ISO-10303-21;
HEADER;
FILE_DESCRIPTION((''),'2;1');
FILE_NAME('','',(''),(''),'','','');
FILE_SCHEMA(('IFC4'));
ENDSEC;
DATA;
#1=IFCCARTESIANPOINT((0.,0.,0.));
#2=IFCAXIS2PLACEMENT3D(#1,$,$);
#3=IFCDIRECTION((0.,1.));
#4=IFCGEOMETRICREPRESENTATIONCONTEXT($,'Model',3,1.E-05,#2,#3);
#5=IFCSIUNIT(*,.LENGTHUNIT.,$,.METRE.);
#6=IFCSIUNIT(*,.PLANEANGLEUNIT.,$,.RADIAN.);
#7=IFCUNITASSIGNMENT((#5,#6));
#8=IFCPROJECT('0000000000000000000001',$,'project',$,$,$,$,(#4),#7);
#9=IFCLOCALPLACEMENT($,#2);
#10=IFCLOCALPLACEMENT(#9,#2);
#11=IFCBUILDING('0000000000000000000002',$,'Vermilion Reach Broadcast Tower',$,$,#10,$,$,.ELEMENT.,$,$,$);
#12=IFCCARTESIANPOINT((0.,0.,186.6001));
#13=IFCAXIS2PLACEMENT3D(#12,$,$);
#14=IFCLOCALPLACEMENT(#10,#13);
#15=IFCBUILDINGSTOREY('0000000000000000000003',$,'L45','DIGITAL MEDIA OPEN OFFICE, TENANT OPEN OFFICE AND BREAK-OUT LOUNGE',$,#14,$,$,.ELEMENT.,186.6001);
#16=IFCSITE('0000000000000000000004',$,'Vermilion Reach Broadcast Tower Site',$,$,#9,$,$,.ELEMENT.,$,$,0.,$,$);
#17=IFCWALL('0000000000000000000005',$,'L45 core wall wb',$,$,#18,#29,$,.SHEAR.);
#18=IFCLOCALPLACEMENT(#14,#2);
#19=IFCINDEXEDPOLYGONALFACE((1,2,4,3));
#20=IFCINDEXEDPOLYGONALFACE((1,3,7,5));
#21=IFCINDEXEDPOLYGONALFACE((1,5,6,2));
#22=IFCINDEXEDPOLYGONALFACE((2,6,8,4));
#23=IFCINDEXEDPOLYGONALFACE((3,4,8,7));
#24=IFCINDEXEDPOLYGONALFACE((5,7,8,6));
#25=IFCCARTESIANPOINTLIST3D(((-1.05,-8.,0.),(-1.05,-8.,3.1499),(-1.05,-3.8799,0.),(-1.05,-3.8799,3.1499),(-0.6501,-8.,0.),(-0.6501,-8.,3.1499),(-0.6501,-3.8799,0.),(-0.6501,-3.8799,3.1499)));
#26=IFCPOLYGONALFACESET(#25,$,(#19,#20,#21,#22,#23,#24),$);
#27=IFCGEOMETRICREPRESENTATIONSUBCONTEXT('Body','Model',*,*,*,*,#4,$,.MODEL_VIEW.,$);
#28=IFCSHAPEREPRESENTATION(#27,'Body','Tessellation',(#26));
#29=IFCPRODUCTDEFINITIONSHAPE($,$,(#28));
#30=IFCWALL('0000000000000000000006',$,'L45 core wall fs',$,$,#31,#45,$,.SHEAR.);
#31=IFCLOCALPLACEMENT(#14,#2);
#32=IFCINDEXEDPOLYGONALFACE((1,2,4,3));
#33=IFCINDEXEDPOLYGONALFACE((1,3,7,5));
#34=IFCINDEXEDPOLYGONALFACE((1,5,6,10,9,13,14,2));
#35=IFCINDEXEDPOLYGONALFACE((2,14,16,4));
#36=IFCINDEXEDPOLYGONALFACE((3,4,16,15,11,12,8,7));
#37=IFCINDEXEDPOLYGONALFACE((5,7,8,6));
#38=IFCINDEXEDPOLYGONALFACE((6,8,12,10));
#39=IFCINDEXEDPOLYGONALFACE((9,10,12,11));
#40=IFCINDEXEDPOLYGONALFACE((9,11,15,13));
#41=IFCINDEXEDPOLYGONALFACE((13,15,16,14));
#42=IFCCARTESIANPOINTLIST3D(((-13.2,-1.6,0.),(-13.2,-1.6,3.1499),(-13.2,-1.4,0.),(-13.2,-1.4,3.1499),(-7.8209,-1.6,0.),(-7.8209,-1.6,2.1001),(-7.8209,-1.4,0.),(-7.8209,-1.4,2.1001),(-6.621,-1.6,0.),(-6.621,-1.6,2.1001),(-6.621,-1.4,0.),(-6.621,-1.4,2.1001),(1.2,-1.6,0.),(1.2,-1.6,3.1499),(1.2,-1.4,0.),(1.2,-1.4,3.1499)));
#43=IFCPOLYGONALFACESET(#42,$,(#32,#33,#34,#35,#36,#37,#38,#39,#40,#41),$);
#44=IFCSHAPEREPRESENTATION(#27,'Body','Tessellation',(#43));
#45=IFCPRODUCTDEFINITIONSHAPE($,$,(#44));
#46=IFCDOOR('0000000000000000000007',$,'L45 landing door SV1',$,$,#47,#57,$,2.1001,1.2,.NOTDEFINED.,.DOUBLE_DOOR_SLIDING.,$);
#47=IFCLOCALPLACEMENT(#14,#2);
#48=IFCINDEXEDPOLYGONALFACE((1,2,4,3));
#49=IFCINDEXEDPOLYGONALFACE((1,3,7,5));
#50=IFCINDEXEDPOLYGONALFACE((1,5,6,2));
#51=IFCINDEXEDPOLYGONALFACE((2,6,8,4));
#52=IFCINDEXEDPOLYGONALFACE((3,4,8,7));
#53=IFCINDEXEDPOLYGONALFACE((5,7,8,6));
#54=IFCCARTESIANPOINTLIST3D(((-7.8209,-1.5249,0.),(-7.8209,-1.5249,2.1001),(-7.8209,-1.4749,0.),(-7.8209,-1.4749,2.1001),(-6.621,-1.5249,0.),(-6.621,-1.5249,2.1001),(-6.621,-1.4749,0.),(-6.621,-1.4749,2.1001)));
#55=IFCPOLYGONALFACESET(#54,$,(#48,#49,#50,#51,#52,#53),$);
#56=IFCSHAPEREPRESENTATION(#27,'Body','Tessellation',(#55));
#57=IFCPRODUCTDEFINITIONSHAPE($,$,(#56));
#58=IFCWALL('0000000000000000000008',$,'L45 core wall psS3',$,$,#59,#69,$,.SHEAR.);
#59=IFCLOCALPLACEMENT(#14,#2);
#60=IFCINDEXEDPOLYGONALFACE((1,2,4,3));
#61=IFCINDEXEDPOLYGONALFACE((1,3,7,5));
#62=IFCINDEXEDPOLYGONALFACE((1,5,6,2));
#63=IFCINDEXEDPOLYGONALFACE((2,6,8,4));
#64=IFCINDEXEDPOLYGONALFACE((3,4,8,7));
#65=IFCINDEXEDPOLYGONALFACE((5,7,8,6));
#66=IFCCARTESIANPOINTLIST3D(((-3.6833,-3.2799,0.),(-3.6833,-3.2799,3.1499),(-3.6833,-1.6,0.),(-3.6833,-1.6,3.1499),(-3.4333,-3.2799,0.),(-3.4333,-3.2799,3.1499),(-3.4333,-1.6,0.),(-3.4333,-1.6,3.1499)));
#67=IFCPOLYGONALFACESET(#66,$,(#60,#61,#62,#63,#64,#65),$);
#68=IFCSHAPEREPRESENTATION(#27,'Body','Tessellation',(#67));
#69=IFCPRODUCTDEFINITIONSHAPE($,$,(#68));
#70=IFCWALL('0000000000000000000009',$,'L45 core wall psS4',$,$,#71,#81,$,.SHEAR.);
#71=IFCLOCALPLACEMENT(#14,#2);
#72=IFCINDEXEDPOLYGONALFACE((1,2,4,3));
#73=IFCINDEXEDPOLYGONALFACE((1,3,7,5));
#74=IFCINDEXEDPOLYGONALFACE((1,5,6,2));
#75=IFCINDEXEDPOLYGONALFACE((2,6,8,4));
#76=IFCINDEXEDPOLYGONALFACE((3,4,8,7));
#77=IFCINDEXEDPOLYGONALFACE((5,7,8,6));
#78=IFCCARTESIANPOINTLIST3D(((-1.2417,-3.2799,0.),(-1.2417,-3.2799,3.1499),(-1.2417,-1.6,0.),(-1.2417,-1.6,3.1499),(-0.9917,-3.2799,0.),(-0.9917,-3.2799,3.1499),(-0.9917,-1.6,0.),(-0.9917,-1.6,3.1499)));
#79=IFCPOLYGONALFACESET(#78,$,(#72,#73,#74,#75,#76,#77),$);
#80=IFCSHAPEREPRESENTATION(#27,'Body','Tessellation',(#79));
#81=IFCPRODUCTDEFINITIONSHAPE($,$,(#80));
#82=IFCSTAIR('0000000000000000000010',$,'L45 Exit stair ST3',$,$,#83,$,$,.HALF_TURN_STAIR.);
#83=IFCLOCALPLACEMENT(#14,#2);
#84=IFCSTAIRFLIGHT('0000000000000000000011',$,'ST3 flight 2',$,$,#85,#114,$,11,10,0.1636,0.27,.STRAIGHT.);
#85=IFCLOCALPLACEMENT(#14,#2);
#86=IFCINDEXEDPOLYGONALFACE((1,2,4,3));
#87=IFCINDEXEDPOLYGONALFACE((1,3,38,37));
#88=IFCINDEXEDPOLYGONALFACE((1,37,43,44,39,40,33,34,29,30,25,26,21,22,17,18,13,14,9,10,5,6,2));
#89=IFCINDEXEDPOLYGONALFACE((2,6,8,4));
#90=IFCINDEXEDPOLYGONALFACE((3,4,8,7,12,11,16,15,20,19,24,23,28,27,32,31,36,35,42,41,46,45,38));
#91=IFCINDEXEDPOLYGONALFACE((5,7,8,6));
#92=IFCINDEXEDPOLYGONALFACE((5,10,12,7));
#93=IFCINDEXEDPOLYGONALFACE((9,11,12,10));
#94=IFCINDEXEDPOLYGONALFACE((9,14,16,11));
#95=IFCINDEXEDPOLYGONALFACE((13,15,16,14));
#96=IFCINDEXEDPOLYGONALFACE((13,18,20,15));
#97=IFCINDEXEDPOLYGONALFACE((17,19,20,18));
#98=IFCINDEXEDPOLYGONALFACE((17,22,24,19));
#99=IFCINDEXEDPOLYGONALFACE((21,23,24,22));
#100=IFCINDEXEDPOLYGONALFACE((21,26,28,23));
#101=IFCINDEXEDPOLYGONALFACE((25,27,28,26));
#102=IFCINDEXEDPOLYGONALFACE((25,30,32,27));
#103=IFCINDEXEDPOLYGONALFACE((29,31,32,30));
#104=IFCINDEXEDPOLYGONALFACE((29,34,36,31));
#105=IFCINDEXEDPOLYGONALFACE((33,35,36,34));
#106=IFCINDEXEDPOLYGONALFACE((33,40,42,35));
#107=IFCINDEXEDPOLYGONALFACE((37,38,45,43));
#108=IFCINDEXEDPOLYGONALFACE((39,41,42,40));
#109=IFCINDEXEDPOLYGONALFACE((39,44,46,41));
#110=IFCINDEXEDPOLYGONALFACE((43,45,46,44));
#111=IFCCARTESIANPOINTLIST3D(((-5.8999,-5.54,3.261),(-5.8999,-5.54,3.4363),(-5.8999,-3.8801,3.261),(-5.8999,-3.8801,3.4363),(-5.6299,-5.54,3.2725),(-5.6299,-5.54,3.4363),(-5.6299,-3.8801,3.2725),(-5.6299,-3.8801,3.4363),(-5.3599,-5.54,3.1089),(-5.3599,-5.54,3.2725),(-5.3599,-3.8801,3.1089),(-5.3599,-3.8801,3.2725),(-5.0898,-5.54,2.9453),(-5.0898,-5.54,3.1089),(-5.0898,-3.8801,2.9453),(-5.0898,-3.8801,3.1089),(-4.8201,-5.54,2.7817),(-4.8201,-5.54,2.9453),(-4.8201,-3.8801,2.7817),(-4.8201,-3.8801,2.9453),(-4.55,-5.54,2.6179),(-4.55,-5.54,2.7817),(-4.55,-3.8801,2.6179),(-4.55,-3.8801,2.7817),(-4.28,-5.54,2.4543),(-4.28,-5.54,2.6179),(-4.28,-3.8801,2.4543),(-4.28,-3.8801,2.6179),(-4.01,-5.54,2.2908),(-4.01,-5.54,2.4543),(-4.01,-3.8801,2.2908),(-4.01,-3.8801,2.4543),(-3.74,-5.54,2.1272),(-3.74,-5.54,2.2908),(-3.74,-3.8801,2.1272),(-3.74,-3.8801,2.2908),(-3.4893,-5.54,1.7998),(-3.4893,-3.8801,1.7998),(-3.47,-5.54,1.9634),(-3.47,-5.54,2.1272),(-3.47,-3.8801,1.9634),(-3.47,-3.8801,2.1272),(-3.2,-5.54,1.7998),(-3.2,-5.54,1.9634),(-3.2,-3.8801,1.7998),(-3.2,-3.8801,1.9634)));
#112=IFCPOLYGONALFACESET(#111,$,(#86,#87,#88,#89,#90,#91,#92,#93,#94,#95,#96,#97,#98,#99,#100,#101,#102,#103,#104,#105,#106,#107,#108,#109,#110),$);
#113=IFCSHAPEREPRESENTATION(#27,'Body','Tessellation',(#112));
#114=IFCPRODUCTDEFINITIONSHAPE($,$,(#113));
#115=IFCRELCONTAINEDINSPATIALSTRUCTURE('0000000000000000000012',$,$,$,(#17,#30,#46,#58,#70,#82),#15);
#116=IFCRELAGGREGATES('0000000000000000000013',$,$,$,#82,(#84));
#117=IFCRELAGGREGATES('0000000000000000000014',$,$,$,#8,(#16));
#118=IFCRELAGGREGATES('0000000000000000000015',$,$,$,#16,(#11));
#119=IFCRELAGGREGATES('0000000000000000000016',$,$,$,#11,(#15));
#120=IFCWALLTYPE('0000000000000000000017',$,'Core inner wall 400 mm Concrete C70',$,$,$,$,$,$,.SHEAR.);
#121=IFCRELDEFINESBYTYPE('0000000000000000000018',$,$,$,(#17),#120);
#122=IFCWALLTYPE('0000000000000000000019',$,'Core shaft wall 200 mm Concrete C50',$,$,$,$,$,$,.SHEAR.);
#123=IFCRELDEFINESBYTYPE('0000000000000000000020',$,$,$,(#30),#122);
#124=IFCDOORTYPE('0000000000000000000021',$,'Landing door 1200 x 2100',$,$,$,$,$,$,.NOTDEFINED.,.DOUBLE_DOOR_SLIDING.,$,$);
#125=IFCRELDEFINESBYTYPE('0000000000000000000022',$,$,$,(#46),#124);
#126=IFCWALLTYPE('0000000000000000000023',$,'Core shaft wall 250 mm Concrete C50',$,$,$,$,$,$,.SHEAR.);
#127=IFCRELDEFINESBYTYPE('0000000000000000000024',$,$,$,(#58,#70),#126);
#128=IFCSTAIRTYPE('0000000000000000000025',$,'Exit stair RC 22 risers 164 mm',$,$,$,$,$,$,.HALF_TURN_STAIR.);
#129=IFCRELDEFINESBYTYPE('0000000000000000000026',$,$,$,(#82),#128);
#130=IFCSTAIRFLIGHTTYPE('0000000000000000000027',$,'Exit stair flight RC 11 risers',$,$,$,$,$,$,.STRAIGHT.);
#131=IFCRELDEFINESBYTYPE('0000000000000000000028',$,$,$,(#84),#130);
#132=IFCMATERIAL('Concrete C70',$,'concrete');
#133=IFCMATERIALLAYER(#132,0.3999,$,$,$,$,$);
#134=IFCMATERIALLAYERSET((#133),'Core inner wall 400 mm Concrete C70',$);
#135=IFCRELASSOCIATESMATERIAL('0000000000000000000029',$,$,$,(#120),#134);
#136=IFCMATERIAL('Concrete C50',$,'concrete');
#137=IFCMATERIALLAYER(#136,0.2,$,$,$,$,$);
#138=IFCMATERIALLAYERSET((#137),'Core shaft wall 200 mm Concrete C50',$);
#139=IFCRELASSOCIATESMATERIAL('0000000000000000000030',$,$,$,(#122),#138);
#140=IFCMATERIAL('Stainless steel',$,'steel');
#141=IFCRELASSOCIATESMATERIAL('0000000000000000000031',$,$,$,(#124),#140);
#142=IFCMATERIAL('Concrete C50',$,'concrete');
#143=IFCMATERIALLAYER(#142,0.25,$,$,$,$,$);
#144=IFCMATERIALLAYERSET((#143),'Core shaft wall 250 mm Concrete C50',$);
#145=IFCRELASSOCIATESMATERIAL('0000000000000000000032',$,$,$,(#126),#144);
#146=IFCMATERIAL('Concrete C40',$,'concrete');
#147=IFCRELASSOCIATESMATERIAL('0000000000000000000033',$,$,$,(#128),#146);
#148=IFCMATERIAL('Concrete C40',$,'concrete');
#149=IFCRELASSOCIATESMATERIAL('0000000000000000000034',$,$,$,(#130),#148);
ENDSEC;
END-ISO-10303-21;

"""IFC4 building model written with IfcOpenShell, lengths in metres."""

from ifc_helpers import new_model, si_unit, direction, frame, frame_2d, origin, place, context, subcontext, project, spatial, polyline, rectangle, outline, extrude, material, layer, layer_set, type_object, element, fill, aggregate, save


model = new_model("IFC4")

# Units and contexts
model_context = context("Model", 3, precision=1e-05, world=origin(), true_north=direction((0.0, 1.0)))
body_context = subcontext(model_context, "Body", "Model", "MODEL_VIEW")
ifc_project = project(units=[si_unit("LENGTHUNIT", "METRE"), si_unit("PLANEANGLEUNIT", "RADIAN")], contexts=[model_context])

# Site, building, storey
site_placement = place(None, origin())
site = spatial("IfcSite", under=ifc_project, at=site_placement, Name="Vermilion Reach Broadcast Tower Site", CompositionType="ELEMENT", RefElevation=0.0)
building_placement = place(site_placement, origin())
building = spatial("IfcBuilding", under=site, at=building_placement, Name="Vermilion Reach Broadcast Tower", CompositionType="ELEMENT")
storey_placement = place(building_placement, frame((0.0, 0.0, 186.6001)))
storey = spatial("IfcBuildingStorey", under=building, at=storey_placement, Name="L45", Description="DIGITAL MEDIA OPEN OFFICE, TENANT OPEN OFFICE AND BREAK-OUT LOUNGE", CompositionType="ELEMENT", Elevation=186.6001)

# Wall
ifc_material_1 = material(Name="Concrete C70", Category="concrete")
ifc_layer_1 = layer(ifc_material_1, 0.3999)
ifc_layer_set_1 = layer_set([ifc_layer_1], Name="Core inner wall 400 mm Concrete C70")
wall_type_1 = type_object("IfcWallType", Name="Core inner wall 400 mm Concrete C70", PredefinedType="SHEAR", material=ifc_layer_set_1)
wall_1_placement = place(storey_placement, frame((-0.8501, -3.8799, 0.0), z_axis=(0.0, 0.0, 1.0), x_axis=(0.0, -1.0, 0.0)))
element("IfcWall", 1, at=wall_1_placement, inside=storey, type_object=wall_type_1, Name="L45 core wall wb", PredefinedType="SHEAR", context=body_context, shape_type="SweptSolid", body=[
    extrude(rectangle(XDim=4.1201, YDim=0.3999, at=frame_2d((2.0601, 0.0))), origin(), (0.0, 0.0, 1.0), 3.1499),
])

# Wall, opening, door
ifc_material_2 = material(Name="Concrete C50", Category="concrete")
ifc_layer_2 = layer(ifc_material_2, 0.2)
ifc_layer_set_2 = layer_set([ifc_layer_2], Name="Core shaft wall 200 mm Concrete C50")
wall_type_2 = type_object("IfcWallType", Name="Core shaft wall 200 mm Concrete C50", PredefinedType="SHEAR", material=ifc_layer_set_2)
wall_2_placement = place(storey_placement, frame((1.2, -1.5, 0.0), z_axis=(0.0, 0.0, 1.0), x_axis=(-1.0, 0.0, 0.0)))
wall_2 = element("IfcWall", 2, at=wall_2_placement, inside=storey, type_object=wall_type_2, Name="L45 core wall fs", PredefinedType="SHEAR", context=body_context, shape_type="SweptSolid", body=[
    extrude(rectangle(XDim=14.3999, YDim=0.2, at=frame_2d((7.2, 0.0))), origin(), (0.0, 0.0, 1.0), 3.1499),
])
opening_placement = place(wall_2_placement, frame((7.8208, 0.0, 0.0)))
opening = element("IfcOpeningElement", 3, at=opening_placement, cuts=wall_2, PredefinedType="OPENING", context=body_context, shape_type="SweptSolid", body=[
    extrude(rectangle(XDim=1.2, YDim=2.1001, at=frame_2d((0.6001, 1.05))), frame((0.0, 0.1099, 0.0), z_axis=(0.0, -1.0, 0.0), x_axis=(1.0, 0.0, 0.0)), (0.0, 0.0, 1.0), 0.22),
])
ifc_material_3 = material(Name="Stainless steel", Category="steel")
door_type = type_object("IfcDoorType", Name="Landing door 1200 x 2100", OperationType="DOUBLE_DOOR_SLIDING", PredefinedType="NOTDEFINED", material=ifc_material_3)
door_placement = place(opening_placement, origin())
door = element("IfcDoor", 4, at=door_placement, inside=storey, type_object=door_type, Name="L45 landing door SV1", OperationType="DOUBLE_DOOR_SLIDING", OverallHeight=2.1001, OverallWidth=1.2, PredefinedType="NOTDEFINED", context=body_context, shape_type="SweptSolid", body=[
    extrude(rectangle(XDim=1.2, YDim=2.1001, at=frame_2d((0.6001, 1.05))), frame((0.0, 0.0249, 0.0), z_axis=(0.0, -1.0, 0.0), x_axis=(1.0, 0.0, 0.0)), (0.0, 0.0, 1.0), 0.05),
])
fill(opening, door)

# Walls
ifc_material_4 = material(Name="Concrete C50", Category="concrete")
ifc_layer_3 = layer(ifc_material_4, 0.25)
ifc_layer_set_3 = layer_set([ifc_layer_3], Name="Core shaft wall 250 mm Concrete C50")
wall_type_3 = type_object("IfcWallType", Name="Core shaft wall 250 mm Concrete C50", PredefinedType="SHEAR", material=ifc_layer_set_3)
for number, where, z_axis, x_axis, name in (
    (5, (-3.5583, -1.6001, 0.0), (0.0, 0.0, 1.0), (0.0, -1.0, 0.0), "L45 core wall psS3"),
    (6, (-1.1167, -1.6001, 0.0), (0.0, 0.0, 1.0), (0.0, -1.0, 0.0), "L45 core wall psS4"),
):
    element("IfcWall", number, at=place(storey_placement, frame(where, z_axis=z_axis, x_axis=x_axis)), inside=storey, type_object=wall_type_3, Name=name, PredefinedType="SHEAR", context=body_context, shape_type="SweptSolid", body=[
        extrude(rectangle(XDim=1.6799, YDim=0.25, at=frame_2d((0.8398, 0.0))), origin(), (0.0, 0.0, 1.0), 3.1499),
    ])

# Stair, stair flight
ifc_material_5 = material(Name="Concrete C40", Category="concrete")
stair_type = type_object("IfcStairType", Name="Exit stair RC 22 risers 164 mm", PredefinedType="HALF_TURN_STAIR", material=ifc_material_5)
placement_1 = place(storey_placement, origin())
stair = element("IfcStair", 7, at=placement_1, inside=storey, type_object=stair_type, Name="L45 Exit stair ST3", PredefinedType="HALF_TURN_STAIR")
ifc_material_6 = material(Name="Concrete C40", Category="concrete")
stair_flight_type = type_object("IfcStairFlightType", Name="Exit stair flight RC 11 risers", PredefinedType="STRAIGHT", material=ifc_material_6)
stair_flight_placement = place(storey_placement, frame((-3.2, -4.71, 1.7998), z_axis=(0.0, 0.0, 1.0), x_axis=(-1.0, 0.0, 0.0)))
stair_flight = element("IfcStairFlight", 8, at=stair_flight_placement, type_object=stair_flight_type, Name="ST3 flight 2", NumberOfRisers=11, NumberOfTreads=10, PredefinedType="STRAIGHT", RiserHeight=0.1636, TreadLength=0.27, context=body_context, shape_type="SweptSolid", body=[
    extrude(outline(polyline([(0.0, 0.0), (0.0, 0.1636), (0.27, 0.1636), (0.27, 0.3274), (0.54, 0.3274), (0.54, 0.491), (0.8101, 0.491), (0.8101, 0.6545), (1.0801, 0.6545), (1.0801, 0.8181), (1.3501, 0.8181), (1.3501, 0.9819), (1.6201, 0.9819), (1.6201, 1.1455), (1.8899, 1.1455), (1.8899, 1.3091), (2.1599, 1.3091), (2.1599, 1.4727), (2.4299, 1.4727), (2.4299, 1.6365), (2.7, 1.6365), (2.7, 1.8), (2.7, 1.4612), (0.2893, 0.0), (0.0, 0.0)])), frame((0.0, 0.8301, 0.0), z_axis=(0.0, -1.0, 0.0), x_axis=(1.0, 0.0, 0.0)), (0.0, 0.0, 1.0), 1.6599),
])
aggregate(stair, [stair_flight])

save(model, "model.ifc")
